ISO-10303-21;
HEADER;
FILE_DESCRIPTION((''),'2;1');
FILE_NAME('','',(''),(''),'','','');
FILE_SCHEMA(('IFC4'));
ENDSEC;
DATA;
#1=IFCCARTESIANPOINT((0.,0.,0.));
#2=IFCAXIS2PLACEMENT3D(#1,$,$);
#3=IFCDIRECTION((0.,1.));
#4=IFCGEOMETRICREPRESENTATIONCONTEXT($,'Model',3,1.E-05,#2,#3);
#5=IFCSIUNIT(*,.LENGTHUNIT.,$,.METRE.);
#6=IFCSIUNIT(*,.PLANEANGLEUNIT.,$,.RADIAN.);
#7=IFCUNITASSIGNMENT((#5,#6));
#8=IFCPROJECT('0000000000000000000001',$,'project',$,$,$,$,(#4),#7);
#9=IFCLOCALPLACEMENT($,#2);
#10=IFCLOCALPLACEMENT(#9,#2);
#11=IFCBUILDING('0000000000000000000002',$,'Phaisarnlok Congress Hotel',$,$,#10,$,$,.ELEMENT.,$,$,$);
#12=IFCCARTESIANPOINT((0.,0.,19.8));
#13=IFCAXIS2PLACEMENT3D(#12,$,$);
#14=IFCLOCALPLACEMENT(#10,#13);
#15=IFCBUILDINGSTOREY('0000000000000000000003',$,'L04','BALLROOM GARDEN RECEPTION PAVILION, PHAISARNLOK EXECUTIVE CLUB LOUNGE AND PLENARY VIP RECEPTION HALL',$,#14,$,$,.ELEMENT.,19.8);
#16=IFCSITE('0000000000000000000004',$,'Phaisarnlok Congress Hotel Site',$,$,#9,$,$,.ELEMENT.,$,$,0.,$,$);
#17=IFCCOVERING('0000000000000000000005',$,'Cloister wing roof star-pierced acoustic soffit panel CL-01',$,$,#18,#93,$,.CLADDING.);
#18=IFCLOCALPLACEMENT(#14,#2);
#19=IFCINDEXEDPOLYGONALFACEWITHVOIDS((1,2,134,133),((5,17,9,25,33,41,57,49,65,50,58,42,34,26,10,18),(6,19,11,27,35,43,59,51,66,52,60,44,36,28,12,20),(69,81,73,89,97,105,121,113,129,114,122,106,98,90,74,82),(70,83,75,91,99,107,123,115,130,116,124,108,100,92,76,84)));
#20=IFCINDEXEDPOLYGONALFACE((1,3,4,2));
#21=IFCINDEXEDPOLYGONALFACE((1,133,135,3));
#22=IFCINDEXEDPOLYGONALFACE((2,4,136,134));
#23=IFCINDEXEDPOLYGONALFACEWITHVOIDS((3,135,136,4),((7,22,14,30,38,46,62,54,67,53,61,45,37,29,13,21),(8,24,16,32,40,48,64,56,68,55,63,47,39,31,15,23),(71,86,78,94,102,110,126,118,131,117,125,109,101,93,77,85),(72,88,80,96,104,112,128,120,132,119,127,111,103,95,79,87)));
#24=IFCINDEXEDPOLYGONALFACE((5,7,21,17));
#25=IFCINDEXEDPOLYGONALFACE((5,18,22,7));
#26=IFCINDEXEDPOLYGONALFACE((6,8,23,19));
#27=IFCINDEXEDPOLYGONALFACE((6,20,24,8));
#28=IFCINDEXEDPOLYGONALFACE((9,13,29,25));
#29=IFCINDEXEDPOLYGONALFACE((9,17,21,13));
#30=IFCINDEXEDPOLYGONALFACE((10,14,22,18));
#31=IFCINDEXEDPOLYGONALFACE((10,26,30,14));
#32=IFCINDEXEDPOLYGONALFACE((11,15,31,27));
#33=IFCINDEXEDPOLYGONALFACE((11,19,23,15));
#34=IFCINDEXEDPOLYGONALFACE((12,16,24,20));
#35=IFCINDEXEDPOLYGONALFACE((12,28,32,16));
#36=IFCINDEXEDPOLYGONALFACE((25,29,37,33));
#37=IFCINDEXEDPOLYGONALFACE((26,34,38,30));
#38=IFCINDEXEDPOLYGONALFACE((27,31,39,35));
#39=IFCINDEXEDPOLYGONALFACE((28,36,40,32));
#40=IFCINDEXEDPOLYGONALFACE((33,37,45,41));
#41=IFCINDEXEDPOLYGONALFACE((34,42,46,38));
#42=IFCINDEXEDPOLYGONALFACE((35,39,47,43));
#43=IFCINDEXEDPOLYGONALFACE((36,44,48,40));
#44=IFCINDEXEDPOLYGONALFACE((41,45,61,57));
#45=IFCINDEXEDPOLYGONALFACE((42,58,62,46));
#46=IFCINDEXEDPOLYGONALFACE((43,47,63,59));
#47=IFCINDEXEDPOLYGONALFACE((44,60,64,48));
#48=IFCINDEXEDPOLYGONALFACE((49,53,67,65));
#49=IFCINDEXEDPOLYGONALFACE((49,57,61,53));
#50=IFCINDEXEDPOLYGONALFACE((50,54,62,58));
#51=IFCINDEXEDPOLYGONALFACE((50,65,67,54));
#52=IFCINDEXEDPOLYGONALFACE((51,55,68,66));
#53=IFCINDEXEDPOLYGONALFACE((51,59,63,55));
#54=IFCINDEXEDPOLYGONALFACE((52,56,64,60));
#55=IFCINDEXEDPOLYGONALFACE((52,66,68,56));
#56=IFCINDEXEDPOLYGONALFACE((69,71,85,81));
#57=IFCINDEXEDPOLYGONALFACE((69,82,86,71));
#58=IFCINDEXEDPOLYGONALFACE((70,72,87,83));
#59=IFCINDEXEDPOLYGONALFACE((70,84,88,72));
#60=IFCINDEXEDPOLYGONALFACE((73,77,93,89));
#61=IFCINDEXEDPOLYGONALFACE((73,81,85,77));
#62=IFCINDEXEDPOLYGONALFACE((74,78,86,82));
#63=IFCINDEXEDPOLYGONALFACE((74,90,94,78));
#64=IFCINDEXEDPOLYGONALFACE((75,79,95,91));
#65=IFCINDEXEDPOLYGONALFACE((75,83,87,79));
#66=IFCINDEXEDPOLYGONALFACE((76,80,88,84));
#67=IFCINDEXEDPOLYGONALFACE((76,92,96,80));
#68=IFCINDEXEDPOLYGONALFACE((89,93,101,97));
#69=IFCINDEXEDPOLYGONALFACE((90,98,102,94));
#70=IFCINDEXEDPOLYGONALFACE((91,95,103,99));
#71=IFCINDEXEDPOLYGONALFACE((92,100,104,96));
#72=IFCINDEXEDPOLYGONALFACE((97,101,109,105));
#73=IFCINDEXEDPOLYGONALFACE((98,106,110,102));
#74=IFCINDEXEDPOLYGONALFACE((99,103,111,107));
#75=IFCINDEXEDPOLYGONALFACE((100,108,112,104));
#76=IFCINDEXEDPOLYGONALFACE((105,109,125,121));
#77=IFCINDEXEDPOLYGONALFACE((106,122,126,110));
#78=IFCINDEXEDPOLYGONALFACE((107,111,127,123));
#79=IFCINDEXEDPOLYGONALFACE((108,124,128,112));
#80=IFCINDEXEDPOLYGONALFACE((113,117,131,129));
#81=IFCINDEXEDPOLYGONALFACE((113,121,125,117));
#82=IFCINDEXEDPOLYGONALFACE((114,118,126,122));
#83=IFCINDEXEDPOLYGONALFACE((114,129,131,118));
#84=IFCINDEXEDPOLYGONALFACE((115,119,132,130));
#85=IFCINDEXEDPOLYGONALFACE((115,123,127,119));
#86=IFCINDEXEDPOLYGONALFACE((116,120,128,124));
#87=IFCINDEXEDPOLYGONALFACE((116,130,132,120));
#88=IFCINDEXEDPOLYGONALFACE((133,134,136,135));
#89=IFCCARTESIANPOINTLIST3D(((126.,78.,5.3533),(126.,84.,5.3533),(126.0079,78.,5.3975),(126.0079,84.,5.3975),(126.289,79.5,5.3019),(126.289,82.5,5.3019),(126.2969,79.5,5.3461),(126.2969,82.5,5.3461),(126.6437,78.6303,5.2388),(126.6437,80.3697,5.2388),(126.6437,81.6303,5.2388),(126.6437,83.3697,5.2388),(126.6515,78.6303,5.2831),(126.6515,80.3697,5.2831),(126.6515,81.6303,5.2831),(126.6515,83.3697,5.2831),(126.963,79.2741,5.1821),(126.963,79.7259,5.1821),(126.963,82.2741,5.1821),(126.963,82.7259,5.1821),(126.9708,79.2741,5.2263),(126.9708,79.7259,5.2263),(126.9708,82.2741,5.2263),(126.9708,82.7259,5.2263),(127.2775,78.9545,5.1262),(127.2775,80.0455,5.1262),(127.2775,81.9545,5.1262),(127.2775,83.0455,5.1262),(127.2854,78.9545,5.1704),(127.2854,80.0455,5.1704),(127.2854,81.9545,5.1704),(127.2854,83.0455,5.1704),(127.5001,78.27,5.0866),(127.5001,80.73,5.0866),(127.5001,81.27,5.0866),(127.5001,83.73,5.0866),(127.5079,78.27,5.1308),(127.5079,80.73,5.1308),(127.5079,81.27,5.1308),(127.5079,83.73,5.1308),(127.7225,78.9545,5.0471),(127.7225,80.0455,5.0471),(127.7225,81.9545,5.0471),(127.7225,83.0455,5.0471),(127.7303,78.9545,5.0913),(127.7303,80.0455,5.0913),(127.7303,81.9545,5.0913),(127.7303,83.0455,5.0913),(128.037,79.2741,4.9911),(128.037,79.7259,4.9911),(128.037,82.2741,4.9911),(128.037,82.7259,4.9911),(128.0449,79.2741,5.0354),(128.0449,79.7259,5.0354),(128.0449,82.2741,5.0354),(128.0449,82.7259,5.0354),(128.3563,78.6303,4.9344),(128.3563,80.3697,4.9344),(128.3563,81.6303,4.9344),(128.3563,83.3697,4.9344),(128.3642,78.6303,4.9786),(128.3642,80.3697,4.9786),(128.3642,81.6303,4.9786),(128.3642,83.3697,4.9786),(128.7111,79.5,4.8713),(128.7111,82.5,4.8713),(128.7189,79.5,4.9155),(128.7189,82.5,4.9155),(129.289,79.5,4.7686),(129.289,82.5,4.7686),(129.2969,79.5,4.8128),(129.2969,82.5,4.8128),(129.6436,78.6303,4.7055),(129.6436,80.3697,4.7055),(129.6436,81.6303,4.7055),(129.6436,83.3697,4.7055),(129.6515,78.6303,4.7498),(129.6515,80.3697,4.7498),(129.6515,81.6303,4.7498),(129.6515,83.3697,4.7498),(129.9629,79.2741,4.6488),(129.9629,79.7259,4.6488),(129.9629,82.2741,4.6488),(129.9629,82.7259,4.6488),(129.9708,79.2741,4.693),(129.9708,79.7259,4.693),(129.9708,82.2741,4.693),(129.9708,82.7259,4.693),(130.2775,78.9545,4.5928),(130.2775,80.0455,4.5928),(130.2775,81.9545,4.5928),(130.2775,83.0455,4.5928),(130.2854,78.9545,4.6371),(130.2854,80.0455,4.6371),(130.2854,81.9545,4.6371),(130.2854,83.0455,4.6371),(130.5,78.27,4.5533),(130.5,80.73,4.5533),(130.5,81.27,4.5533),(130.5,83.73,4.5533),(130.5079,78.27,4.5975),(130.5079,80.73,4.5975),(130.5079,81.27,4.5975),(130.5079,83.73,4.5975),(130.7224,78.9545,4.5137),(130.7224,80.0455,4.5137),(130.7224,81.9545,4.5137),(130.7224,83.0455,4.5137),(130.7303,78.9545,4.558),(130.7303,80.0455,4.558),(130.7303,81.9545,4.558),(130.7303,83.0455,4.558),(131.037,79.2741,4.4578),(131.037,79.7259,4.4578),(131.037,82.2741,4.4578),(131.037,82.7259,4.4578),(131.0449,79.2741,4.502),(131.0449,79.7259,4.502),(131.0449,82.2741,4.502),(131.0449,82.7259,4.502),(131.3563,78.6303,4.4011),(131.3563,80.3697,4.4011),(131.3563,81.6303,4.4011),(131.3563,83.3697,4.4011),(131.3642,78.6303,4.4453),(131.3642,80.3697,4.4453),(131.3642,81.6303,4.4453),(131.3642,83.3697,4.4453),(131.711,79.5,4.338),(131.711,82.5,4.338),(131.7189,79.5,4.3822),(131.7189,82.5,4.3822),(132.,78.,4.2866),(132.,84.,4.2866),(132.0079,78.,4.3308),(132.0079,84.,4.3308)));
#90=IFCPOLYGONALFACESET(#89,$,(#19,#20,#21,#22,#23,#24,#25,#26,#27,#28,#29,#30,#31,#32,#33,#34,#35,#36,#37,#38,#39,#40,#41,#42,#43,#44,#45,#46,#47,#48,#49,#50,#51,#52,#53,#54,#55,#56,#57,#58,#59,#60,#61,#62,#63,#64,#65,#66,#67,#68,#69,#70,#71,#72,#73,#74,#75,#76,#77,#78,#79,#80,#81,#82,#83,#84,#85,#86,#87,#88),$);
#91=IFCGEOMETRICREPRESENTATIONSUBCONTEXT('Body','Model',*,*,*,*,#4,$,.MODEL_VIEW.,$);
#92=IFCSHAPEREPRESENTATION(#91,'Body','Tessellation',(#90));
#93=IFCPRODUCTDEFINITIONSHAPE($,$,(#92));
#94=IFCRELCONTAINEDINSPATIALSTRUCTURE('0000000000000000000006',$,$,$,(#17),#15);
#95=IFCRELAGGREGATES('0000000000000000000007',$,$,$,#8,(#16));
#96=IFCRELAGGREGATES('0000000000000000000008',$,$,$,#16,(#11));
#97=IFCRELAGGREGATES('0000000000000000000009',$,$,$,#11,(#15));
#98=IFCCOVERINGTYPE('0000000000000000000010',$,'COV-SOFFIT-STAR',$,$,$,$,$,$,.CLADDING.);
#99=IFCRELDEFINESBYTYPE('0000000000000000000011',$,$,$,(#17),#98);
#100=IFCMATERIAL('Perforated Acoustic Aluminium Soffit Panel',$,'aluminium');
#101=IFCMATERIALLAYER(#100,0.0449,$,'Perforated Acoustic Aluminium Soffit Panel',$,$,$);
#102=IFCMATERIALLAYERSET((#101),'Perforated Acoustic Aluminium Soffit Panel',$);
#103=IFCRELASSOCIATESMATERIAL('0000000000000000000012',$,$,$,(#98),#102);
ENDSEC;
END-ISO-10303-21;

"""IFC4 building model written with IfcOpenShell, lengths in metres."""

from ifc_helpers import new_model, si_unit, direction, frame, origin, place, context, subcontext, project, spatial, polyline, outline, extrude, material, layer, layer_set, type_object, element, save


model = new_model("IFC4")

# Units and contexts
model_context = context("Model", 3, precision=1e-05, world=origin(), true_north=direction((0.0, 1.0)))
body_context = subcontext(model_context, "Body", "Model", "MODEL_VIEW")
ifc_project = project(units=[si_unit("LENGTHUNIT", "METRE"), si_unit("PLANEANGLEUNIT", "RADIAN")], contexts=[model_context])

# Site, building, storey
site_placement = place(None, origin())
site = spatial("IfcSite", under=ifc_project, at=site_placement, Name="Phaisarnlok Congress Hotel Site", CompositionType="ELEMENT", RefElevation=0.0)
building_placement = place(site_placement, origin())
building = spatial("IfcBuilding", under=site, at=building_placement, Name="Phaisarnlok Congress Hotel", CompositionType="ELEMENT")
storey_placement = place(building_placement, frame((0.0, 0.0, 19.8)))
storey = spatial("IfcBuildingStorey", under=building, at=storey_placement, Name="L04", Description="BALLROOM GARDEN RECEPTION PAVILION, PHAISARNLOK EXECUTIVE CLUB LOUNGE AND PLENARY VIP RECEPTION HALL", CompositionType="ELEMENT", Elevation=19.8)

# Covering
ifc_material_1 = material(Name="Perforated Acoustic Aluminium Soffit Panel", Category="aluminium")
ifc_layer_1 = layer(ifc_material_1, 0.0449, Name="Perforated Acoustic Aluminium Soffit Panel")
ifc_layer_set_1 = layer_set([ifc_layer_1], Name="Perforated Acoustic Aluminium Soffit Panel")
covering_type = type_object("IfcCoveringType", Name="COV-SOFFIT-STAR", PredefinedType="CLADDING", material=ifc_layer_set_1)
covering_placement = place(storey_placement, frame((132.0, 78.0, 4.2866), z_axis=(0.175031, 0.0, 0.984563), x_axis=(0.0, 1.0, 0.0)))
element("IfcCovering", 1, at=covering_placement, inside=storey, type_object=covering_type, Name="Cloister wing roof star-pierced acoustic soffit panel CL-01", PredefinedType="CLADDING", context=body_context, shape_type="SweptSolid", body=[
    extrude(outline(polyline([(0.0, 0.0), (6.0, 0.0), (6.0, 6.0941), (0.0, 6.0941), (0.0, 0.0)]), holes=[polyline([(2.0455, 1.2976), (2.3697, 0.6538), (1.7259, 0.9781), (1.5, 0.2935), (1.2741, 0.9781), (0.6303, 0.6538), (0.9545, 1.2976), (0.27, 1.5235), (0.9545, 1.7495), (0.6303, 2.3933), (1.2741, 2.069), (1.5, 2.7535), (1.7259, 2.069), (2.3697, 2.3933), (2.0455, 1.7495), (2.73, 1.5235), (2.0455, 1.2976)]), polyline([(2.0455, 4.3446), (2.3697, 3.7008), (1.7259, 4.0251), (1.5, 3.3405), (1.2741, 4.0251), (0.6303, 3.7008), (0.9545, 4.3446), (0.27, 4.5705), (0.9545, 4.7965), (0.6303, 5.4403), (1.2741, 5.116), (1.5, 5.8005), (1.7259, 5.116), (2.3697, 5.4403), (2.0455, 4.7965), (2.73, 4.5705), (2.0455, 4.3446)]), polyline([(5.0455, 1.2976), (5.3697, 0.6538), (4.7259, 0.9781), (4.5, 0.2935), (4.2741, 0.9781), (3.6303, 0.6538), (3.9545, 1.2976), (3.27, 1.5235), (3.9545, 1.7495), (3.6303, 2.3933), (4.2741, 2.069), (4.5, 2.7535), (4.7259, 2.069), (5.3697, 2.3933), (5.0455, 1.7495), (5.73, 1.5235), (5.0455, 1.2976)]), polyline([(5.0455, 4.3446), (5.3697, 3.7008), (4.7259, 4.0251), (4.5, 3.3405), (4.2741, 4.0251), (3.6303, 3.7008), (3.9545, 4.3446), (3.27, 4.5705), (3.9545, 4.7965), (3.6303, 5.4403), (4.2741, 5.116), (4.5, 5.8005), (4.7259, 5.116), (5.3697, 5.4403), (5.0455, 4.7965), (5.73, 4.5705), (5.0455, 4.3446)])]), origin(), (0.0, 0.0, 1.0), 0.0449),
])

save(model, "model.ifc")
